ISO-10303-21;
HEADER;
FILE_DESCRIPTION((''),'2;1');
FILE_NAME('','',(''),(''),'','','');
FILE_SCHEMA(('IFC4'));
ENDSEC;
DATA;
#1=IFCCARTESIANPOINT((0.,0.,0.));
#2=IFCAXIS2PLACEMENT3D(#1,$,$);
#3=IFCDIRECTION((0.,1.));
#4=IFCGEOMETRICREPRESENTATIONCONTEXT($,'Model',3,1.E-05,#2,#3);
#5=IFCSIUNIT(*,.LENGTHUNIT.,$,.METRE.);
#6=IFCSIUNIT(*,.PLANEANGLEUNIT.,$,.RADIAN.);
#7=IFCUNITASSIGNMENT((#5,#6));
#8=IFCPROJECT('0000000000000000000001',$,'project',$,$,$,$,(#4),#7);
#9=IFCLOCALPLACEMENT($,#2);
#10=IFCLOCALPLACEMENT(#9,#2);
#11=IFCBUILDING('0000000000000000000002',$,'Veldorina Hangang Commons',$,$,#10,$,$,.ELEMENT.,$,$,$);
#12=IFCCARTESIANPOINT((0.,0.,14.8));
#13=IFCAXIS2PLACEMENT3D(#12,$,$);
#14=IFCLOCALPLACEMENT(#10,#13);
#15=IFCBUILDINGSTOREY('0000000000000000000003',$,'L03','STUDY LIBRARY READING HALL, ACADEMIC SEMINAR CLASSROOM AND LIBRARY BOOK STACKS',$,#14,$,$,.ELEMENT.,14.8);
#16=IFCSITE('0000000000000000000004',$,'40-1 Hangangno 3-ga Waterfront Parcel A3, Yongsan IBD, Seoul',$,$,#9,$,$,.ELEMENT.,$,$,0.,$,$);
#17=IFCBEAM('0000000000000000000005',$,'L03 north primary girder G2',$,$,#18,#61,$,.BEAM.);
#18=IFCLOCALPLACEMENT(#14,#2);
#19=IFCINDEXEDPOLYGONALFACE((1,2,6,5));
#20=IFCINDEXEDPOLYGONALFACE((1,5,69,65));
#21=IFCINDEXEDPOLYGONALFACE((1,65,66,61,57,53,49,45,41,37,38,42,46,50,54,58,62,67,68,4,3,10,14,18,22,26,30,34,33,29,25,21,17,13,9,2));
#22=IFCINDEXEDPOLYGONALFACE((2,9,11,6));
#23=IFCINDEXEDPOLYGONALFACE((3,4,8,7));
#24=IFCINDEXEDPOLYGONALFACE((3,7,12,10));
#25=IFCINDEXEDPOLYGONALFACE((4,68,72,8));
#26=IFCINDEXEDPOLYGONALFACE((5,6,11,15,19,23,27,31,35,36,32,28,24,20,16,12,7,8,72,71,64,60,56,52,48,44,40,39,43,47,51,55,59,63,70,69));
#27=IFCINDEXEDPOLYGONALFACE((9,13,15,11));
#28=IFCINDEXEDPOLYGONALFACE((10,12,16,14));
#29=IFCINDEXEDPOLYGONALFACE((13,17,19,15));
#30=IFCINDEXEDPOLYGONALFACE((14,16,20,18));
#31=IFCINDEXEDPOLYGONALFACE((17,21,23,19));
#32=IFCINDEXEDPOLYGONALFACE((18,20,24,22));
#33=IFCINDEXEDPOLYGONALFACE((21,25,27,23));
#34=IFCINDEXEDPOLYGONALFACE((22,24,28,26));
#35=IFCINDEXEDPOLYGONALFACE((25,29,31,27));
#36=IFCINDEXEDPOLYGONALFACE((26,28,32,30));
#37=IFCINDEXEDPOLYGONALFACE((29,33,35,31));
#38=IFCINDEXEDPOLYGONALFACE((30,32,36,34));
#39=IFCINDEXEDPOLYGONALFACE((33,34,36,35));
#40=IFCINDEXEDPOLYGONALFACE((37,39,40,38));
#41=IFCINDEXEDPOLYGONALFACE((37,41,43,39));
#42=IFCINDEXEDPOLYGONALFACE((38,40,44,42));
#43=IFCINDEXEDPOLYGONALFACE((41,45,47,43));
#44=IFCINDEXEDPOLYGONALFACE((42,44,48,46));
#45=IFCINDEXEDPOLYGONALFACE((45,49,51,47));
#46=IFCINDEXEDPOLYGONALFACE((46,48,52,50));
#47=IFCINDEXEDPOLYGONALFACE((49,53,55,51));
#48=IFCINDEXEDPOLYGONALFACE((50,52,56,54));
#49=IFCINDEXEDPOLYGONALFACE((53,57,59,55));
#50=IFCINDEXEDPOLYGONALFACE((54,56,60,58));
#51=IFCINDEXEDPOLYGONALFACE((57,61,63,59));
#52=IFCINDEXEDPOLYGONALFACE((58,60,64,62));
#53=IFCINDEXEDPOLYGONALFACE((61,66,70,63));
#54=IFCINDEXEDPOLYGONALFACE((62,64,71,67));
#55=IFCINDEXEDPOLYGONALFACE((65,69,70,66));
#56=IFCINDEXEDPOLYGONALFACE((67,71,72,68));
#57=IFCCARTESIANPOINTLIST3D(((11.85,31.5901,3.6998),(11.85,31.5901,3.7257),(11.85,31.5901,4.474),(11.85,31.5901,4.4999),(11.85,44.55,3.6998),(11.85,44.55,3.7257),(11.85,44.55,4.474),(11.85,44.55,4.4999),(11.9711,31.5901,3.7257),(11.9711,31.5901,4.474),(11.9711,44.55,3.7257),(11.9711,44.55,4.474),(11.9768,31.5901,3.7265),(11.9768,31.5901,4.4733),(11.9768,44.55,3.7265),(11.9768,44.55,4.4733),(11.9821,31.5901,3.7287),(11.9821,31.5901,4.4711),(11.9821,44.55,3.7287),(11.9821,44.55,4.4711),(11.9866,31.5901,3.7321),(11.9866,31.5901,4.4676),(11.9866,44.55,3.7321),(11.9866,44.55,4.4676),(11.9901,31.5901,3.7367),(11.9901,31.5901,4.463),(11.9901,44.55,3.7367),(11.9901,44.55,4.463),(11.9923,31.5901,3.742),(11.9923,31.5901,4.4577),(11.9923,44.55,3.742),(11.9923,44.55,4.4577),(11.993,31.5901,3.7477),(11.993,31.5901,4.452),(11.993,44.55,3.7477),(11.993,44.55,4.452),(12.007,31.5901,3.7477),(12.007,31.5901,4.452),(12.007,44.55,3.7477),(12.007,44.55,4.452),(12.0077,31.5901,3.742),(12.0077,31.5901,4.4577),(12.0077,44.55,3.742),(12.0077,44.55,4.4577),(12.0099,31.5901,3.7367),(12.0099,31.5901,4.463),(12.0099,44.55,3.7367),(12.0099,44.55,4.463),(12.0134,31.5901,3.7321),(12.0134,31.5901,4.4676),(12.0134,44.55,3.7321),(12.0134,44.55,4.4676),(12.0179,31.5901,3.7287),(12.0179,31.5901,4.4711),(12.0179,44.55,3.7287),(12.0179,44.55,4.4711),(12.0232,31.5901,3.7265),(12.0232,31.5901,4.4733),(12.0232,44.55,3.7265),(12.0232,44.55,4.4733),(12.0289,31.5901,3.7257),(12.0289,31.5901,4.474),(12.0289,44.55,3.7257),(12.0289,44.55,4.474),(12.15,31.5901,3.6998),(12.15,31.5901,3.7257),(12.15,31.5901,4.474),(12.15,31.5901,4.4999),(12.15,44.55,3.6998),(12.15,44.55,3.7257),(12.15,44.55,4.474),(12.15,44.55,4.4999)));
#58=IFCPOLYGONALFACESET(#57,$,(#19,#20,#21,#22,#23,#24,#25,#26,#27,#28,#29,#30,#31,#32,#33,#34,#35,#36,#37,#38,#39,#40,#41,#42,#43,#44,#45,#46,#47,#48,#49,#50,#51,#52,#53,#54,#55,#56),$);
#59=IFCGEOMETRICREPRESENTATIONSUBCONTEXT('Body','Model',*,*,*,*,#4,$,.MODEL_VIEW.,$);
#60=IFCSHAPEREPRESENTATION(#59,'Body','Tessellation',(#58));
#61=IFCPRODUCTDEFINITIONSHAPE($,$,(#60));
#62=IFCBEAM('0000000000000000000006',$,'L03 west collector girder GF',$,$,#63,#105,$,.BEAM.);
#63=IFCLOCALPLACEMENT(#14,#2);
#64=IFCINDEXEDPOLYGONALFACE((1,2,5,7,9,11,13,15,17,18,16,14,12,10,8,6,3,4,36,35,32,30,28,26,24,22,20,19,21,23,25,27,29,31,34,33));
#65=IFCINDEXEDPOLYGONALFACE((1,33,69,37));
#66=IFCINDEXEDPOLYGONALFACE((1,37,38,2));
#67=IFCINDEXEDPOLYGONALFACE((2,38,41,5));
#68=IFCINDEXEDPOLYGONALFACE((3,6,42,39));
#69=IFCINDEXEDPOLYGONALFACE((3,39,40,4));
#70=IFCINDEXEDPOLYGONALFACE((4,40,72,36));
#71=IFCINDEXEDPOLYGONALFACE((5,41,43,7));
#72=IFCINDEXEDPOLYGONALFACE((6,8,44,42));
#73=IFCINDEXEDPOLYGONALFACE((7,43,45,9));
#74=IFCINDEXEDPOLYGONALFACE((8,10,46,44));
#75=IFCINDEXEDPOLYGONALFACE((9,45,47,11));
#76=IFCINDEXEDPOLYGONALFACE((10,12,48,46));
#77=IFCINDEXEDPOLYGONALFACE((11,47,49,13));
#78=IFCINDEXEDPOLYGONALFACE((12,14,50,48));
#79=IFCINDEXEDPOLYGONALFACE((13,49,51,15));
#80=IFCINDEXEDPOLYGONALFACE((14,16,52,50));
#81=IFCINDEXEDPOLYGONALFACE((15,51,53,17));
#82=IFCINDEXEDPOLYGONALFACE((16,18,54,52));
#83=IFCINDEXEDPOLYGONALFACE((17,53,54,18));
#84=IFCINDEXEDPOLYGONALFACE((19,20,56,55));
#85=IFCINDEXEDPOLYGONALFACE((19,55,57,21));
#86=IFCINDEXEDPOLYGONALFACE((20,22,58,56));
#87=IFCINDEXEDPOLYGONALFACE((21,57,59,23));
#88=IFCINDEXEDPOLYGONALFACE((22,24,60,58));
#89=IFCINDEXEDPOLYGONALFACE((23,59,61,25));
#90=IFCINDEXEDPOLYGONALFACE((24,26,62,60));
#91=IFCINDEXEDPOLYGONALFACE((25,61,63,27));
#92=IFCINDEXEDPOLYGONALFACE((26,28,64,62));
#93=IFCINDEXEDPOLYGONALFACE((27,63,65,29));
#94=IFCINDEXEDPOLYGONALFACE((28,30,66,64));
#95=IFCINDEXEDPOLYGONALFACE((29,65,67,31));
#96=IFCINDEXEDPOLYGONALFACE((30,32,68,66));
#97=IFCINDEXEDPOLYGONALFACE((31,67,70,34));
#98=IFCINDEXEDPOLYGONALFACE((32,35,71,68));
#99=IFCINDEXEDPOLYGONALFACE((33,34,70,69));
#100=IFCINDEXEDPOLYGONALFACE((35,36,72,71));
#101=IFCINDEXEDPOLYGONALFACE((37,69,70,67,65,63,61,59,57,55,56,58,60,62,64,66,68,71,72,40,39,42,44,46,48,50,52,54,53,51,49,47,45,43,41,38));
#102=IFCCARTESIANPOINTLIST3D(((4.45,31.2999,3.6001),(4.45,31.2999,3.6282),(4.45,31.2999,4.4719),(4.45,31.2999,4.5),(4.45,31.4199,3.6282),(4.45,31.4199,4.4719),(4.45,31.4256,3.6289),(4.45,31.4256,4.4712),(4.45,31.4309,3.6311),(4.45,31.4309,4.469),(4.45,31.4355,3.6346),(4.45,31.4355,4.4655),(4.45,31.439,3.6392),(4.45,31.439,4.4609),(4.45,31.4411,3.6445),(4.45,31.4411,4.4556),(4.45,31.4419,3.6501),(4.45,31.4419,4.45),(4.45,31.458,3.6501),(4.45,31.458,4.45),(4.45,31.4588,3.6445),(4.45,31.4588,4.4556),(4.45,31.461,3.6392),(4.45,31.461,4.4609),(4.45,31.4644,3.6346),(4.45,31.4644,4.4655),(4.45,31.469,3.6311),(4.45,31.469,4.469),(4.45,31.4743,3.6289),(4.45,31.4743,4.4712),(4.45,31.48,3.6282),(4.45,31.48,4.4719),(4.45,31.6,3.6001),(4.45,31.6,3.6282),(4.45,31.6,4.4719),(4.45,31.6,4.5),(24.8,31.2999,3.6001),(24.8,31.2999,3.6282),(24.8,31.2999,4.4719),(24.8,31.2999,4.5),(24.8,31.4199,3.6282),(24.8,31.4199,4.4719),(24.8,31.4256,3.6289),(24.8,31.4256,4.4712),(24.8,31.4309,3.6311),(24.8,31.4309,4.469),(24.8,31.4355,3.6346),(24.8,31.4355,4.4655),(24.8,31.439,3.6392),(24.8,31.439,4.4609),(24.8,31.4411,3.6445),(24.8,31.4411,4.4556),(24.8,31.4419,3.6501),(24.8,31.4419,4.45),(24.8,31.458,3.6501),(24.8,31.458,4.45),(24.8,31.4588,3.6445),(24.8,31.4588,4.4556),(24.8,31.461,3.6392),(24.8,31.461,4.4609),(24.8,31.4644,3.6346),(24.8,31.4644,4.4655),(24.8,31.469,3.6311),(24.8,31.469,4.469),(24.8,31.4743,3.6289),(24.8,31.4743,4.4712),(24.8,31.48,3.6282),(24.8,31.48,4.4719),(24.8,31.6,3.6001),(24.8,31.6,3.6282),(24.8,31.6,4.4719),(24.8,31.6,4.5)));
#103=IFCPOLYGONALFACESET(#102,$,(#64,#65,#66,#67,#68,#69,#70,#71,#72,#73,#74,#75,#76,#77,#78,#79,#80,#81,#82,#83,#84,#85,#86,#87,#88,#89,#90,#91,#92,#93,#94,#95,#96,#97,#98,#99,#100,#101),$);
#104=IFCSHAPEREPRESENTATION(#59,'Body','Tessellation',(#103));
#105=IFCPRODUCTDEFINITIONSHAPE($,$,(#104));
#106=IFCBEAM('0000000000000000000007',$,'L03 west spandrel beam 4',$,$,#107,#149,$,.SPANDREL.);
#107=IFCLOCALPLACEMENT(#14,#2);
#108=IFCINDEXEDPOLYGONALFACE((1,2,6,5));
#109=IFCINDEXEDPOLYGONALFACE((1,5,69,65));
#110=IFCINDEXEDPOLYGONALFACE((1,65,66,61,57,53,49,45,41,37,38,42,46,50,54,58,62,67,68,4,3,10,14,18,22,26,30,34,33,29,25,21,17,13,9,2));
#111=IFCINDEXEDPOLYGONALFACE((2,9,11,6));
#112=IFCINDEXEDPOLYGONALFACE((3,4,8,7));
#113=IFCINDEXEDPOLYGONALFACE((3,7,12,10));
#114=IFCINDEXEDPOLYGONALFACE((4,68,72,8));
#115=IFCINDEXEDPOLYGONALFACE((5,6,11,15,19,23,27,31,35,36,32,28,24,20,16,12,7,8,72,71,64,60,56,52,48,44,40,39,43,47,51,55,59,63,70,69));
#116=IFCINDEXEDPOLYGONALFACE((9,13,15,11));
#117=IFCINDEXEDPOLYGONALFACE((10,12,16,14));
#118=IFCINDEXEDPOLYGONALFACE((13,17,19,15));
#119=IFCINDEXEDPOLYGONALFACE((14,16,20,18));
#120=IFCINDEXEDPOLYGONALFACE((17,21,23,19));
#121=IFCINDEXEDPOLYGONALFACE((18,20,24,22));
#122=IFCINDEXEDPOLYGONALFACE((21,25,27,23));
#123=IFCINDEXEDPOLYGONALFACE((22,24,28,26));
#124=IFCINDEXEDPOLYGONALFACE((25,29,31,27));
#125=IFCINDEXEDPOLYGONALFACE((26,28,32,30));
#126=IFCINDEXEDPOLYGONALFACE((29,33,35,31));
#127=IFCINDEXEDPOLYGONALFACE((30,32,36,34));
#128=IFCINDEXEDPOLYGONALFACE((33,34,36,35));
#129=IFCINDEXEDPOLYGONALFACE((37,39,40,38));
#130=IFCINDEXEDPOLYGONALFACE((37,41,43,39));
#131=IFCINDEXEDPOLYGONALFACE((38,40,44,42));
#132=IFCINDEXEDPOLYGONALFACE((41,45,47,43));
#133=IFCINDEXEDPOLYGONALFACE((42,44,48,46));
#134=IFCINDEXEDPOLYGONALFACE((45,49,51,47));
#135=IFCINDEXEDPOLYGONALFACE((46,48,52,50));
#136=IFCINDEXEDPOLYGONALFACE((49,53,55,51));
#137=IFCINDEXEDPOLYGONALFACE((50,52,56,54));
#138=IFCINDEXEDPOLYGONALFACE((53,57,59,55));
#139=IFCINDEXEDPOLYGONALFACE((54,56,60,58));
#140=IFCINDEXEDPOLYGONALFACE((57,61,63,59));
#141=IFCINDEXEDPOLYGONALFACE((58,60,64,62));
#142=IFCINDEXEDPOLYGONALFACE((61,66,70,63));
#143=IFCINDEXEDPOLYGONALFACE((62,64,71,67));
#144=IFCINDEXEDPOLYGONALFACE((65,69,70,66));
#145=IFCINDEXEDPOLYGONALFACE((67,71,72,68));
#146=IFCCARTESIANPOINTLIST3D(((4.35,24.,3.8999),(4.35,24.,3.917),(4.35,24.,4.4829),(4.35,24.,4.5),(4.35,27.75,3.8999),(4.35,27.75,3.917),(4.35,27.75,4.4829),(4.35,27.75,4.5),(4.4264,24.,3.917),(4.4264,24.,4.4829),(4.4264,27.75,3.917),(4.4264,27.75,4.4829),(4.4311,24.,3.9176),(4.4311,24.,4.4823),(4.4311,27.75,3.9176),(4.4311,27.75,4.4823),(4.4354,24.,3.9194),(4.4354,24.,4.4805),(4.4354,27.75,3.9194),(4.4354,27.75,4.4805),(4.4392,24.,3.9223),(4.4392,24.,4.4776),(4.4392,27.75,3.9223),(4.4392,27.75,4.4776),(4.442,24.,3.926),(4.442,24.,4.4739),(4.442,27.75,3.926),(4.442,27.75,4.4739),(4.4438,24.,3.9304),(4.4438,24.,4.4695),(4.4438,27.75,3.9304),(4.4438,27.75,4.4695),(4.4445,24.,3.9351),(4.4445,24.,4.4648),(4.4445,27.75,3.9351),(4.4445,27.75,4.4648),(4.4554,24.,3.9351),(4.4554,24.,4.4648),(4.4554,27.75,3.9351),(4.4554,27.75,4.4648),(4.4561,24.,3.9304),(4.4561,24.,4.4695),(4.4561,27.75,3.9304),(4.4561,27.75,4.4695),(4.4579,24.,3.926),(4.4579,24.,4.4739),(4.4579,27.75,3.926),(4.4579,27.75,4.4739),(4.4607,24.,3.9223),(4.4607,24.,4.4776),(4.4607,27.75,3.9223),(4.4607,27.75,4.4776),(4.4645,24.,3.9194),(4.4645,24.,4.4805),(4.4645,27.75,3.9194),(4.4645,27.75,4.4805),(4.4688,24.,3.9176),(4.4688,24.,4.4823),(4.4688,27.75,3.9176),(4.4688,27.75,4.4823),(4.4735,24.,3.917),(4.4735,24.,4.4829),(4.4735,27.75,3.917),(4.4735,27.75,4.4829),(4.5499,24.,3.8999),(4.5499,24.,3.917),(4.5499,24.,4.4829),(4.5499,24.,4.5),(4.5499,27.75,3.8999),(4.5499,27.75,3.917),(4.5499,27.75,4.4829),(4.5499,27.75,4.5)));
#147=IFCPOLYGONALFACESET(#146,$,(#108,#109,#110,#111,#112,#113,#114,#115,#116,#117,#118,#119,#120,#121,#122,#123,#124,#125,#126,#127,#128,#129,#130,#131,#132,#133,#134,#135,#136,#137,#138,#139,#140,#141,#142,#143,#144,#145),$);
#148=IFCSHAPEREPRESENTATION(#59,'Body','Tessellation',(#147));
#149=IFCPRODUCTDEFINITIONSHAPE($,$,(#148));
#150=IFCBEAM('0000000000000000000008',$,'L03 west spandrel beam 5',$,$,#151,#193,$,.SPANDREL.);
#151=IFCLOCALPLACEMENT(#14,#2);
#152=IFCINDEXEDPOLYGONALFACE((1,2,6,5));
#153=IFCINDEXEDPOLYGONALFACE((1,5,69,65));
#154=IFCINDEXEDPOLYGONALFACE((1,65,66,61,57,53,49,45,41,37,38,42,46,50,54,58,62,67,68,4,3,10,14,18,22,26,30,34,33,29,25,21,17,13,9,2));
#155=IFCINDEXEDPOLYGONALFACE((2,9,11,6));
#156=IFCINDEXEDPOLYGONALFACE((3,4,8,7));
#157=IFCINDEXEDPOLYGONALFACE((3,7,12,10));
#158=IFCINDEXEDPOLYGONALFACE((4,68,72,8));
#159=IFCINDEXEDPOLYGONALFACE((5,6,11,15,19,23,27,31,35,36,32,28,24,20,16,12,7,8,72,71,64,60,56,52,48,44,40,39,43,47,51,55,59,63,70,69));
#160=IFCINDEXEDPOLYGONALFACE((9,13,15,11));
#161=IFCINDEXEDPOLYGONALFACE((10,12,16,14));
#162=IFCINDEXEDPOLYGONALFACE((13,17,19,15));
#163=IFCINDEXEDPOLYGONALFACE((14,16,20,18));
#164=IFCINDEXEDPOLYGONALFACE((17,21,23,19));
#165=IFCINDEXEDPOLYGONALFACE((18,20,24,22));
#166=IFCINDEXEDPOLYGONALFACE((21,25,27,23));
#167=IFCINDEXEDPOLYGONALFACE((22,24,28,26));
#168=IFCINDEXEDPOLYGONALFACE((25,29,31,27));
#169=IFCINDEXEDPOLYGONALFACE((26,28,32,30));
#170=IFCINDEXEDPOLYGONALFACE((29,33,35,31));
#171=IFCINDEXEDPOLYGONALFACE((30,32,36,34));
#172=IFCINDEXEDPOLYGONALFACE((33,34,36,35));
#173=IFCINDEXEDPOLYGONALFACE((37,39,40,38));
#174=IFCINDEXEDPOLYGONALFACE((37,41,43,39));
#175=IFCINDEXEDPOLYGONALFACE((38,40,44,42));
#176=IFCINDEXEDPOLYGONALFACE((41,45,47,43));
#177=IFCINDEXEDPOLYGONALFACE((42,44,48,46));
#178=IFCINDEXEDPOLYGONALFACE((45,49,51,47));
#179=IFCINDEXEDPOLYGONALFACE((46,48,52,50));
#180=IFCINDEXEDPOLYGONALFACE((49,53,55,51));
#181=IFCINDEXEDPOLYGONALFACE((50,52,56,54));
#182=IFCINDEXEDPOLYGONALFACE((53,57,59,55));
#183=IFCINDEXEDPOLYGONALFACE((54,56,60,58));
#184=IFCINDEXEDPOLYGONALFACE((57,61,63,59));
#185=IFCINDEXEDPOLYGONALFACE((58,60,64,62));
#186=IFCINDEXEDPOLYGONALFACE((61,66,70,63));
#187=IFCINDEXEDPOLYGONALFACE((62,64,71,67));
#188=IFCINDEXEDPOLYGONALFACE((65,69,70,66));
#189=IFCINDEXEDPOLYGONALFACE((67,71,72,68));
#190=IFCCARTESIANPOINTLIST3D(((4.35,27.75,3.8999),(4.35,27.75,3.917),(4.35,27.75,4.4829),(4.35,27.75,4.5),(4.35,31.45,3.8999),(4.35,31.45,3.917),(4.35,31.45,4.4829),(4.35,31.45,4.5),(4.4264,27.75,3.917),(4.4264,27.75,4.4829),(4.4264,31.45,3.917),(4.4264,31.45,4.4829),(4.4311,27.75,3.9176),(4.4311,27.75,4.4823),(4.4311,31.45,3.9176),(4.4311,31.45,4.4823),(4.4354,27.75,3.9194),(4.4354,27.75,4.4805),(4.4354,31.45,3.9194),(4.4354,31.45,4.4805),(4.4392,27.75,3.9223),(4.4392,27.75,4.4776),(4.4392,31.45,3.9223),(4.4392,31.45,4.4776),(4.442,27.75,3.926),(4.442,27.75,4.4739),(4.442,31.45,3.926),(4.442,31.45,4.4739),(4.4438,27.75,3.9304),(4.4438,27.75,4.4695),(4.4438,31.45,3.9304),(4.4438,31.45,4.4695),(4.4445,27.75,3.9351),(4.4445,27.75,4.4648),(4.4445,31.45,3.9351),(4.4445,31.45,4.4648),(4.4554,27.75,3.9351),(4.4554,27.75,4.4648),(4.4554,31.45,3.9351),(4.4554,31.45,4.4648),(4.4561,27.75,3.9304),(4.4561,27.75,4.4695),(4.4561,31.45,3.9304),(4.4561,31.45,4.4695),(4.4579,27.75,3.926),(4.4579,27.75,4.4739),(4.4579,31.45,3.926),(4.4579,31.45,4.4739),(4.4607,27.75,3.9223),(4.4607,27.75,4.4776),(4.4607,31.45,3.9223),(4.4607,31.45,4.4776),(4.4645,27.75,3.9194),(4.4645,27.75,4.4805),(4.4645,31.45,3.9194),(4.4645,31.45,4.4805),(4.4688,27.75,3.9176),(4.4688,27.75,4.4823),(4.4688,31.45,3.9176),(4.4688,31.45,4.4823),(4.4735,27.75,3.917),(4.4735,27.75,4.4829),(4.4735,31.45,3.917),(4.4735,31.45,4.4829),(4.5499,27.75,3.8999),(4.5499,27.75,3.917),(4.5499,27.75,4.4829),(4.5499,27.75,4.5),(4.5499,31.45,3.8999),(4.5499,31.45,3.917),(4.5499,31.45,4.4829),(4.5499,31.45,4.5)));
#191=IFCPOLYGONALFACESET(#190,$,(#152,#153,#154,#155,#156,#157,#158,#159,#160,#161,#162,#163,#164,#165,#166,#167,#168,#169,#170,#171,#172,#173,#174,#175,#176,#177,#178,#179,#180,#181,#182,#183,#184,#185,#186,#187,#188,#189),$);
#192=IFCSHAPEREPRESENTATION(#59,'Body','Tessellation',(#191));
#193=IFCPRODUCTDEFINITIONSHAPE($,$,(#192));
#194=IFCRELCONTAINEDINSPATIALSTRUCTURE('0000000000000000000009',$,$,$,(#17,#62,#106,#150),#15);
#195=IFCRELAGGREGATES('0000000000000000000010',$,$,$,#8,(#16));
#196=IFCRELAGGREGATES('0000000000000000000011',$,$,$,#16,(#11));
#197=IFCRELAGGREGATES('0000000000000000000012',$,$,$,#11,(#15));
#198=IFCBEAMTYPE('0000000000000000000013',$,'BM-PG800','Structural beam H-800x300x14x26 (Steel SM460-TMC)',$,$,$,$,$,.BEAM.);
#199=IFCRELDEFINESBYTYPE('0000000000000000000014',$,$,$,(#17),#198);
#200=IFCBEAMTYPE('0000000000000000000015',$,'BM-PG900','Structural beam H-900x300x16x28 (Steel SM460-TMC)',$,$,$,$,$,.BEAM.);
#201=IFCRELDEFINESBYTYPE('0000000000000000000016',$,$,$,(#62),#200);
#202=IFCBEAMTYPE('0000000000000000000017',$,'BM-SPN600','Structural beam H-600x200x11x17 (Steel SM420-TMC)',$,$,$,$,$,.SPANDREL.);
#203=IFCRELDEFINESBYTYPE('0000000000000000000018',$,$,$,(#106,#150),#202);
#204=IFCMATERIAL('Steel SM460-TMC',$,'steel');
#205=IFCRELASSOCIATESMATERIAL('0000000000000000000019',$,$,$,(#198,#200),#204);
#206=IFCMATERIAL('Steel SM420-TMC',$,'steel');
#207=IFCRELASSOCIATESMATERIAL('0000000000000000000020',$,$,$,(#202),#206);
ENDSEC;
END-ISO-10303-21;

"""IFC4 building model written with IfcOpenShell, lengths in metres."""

from ifc_helpers import new_model, si_unit, direction, frame, origin, origin_2d, place, context, subcontext, project, spatial, i_section, extrude, material, material_profile, profile_set, type_object, element, save


model = new_model("IFC4")

# Units and contexts
model_context = context("Model", 3, precision=1e-05, world=origin(), true_north=direction((0.0, 1.0)))
body_context = subcontext(model_context, "Body", "Model", "MODEL_VIEW")
ifc_project = project(units=[si_unit("LENGTHUNIT", "METRE"), si_unit("PLANEANGLEUNIT", "RADIAN")], contexts=[model_context])

# Site, building, storey
site_placement = place(None, origin())
site = spatial("IfcSite", under=ifc_project, at=site_placement, Name="40-1 Hangangno 3-ga Waterfront Parcel A3, Yongsan IBD, Seoul", CompositionType="ELEMENT", RefElevation=0.0)
building_placement = place(site_placement, origin())
building = spatial("IfcBuilding", under=site, at=building_placement, Name="Veldorina Hangang Commons", CompositionType="ELEMENT")
storey_placement = place(building_placement, frame((0.0, 0.0, 14.8)))
storey = spatial("IfcBuildingStorey", under=building, at=storey_placement, Name="L03", Description="STUDY LIBRARY READING HALL, ACADEMIC SEMINAR CLASSROOM AND LIBRARY BOOK STACKS", CompositionType="ELEMENT", Elevation=14.8)

# Shared definitions
ifc_material_1 = material(Name="Steel SM420-TMC", Category="steel")

# Beams
ifc_material_2 = material(Name="Steel SM460-TMC", Category="steel")
ifc_material_profile_1 = material_profile(ifc_material_2, i_section(OverallWidth=0.3, OverallDepth=0.8, WebThickness=0.0139, FlangeThickness=0.0259, FilletRadius=0.022, at=origin_2d()), Name="H-800x300x14x26")
ifc_profile_set_1 = profile_set([ifc_material_profile_1], Name="Steel SM460-TMC")
beam_type_1 = type_object("IfcBeamType", Name="BM-PG800", Description="Structural beam H-800x300x14x26 (Steel SM460-TMC)", PredefinedType="BEAM", material=ifc_profile_set_1)
beam_1_placement = place(storey_placement, frame((12.0, 31.5901, 4.0999), z_axis=(0.0, 1.0, 0.0), x_axis=(-1.0, 0.0, 0.0)))
element("IfcBeam", 1, at=beam_1_placement, inside=storey, type_object=beam_type_1, Name="L03 north primary girder G2", PredefinedType="BEAM", context=body_context, shape_type="SweptSolid", body=[
    extrude(i_section(OverallWidth=0.3, OverallDepth=0.8, WebThickness=0.0139, FlangeThickness=0.0259, FilletRadius=0.022, at=origin_2d()), origin(), (0.0, 0.0, 1.0), 12.96),
])
ifc_material_profile_2 = material_profile(ifc_material_2, i_section(OverallWidth=0.3, OverallDepth=0.8999, WebThickness=0.0161, FlangeThickness=0.0281, FilletRadius=0.022, at=origin_2d()), Name="H-900x300x16x28")
ifc_profile_set_2 = profile_set([ifc_material_profile_2], Name="Steel SM460-TMC")
beam_type_2 = type_object("IfcBeamType", Name="BM-PG900", Description="Structural beam H-900x300x16x28 (Steel SM460-TMC)", PredefinedType="BEAM", material=ifc_profile_set_2)
beam_2_placement = place(storey_placement, frame((4.45, 31.45, 4.05), z_axis=(1.0, 0.0, 0.0), x_axis=(0.0, 1.0, 0.0)))
element("IfcBeam", 2, at=beam_2_placement, inside=storey, type_object=beam_type_2, Name="L03 west collector girder GF", PredefinedType="BEAM", context=body_context, shape_type="SweptSolid", body=[
    extrude(i_section(OverallWidth=0.3, OverallDepth=0.8999, WebThickness=0.0161, FlangeThickness=0.0281, FilletRadius=0.022, at=origin_2d()), origin(), (0.0, 0.0, 1.0), 20.3501),
])
ifc_material_profile_3 = material_profile(ifc_material_1, i_section(OverallWidth=0.2, OverallDepth=0.6001, WebThickness=0.011, FlangeThickness=0.0171, FilletRadius=0.0181, at=origin_2d()), Name="H-600x200x11x17")
ifc_profile_set_3 = profile_set([ifc_material_profile_3], Name="Steel SM420-TMC")
beam_type_3 = type_object("IfcBeamType", Name="BM-SPN600", Description="Structural beam H-600x200x11x17 (Steel SM420-TMC)", PredefinedType="SPANDREL", material=ifc_profile_set_3)
beam_3_placement = place(storey_placement, frame((4.45, 24.0, 4.2), z_axis=(0.0, 1.0, 0.0), x_axis=(-1.0, 0.0, 0.0)))
element("IfcBeam", 3, at=beam_3_placement, inside=storey, type_object=beam_type_3, Name="L03 west spandrel beam 4", PredefinedType="SPANDREL", context=body_context, shape_type="SweptSolid", body=[
    extrude(i_section(OverallWidth=0.2, OverallDepth=0.6001, WebThickness=0.011, FlangeThickness=0.0171, FilletRadius=0.0181, at=origin_2d()), origin(), (0.0, 0.0, 1.0), 3.75),
])
beam_4_placement = place(storey_placement, frame((4.45, 27.75, 4.2), z_axis=(0.0, 1.0, 0.0), x_axis=(-1.0, 0.0, 0.0)))
element("IfcBeam", 4, at=beam_4_placement, inside=storey, type_object=beam_type_3, Name="L03 west spandrel beam 5", PredefinedType="SPANDREL", context=body_context, shape_type="SweptSolid", body=[
    extrude(i_section(OverallWidth=0.2, OverallDepth=0.6001, WebThickness=0.011, FlangeThickness=0.0171, FilletRadius=0.0181, at=origin_2d()), origin(), (0.0, 0.0, 1.0), 3.7),
])

save(model, "model.ifc")
